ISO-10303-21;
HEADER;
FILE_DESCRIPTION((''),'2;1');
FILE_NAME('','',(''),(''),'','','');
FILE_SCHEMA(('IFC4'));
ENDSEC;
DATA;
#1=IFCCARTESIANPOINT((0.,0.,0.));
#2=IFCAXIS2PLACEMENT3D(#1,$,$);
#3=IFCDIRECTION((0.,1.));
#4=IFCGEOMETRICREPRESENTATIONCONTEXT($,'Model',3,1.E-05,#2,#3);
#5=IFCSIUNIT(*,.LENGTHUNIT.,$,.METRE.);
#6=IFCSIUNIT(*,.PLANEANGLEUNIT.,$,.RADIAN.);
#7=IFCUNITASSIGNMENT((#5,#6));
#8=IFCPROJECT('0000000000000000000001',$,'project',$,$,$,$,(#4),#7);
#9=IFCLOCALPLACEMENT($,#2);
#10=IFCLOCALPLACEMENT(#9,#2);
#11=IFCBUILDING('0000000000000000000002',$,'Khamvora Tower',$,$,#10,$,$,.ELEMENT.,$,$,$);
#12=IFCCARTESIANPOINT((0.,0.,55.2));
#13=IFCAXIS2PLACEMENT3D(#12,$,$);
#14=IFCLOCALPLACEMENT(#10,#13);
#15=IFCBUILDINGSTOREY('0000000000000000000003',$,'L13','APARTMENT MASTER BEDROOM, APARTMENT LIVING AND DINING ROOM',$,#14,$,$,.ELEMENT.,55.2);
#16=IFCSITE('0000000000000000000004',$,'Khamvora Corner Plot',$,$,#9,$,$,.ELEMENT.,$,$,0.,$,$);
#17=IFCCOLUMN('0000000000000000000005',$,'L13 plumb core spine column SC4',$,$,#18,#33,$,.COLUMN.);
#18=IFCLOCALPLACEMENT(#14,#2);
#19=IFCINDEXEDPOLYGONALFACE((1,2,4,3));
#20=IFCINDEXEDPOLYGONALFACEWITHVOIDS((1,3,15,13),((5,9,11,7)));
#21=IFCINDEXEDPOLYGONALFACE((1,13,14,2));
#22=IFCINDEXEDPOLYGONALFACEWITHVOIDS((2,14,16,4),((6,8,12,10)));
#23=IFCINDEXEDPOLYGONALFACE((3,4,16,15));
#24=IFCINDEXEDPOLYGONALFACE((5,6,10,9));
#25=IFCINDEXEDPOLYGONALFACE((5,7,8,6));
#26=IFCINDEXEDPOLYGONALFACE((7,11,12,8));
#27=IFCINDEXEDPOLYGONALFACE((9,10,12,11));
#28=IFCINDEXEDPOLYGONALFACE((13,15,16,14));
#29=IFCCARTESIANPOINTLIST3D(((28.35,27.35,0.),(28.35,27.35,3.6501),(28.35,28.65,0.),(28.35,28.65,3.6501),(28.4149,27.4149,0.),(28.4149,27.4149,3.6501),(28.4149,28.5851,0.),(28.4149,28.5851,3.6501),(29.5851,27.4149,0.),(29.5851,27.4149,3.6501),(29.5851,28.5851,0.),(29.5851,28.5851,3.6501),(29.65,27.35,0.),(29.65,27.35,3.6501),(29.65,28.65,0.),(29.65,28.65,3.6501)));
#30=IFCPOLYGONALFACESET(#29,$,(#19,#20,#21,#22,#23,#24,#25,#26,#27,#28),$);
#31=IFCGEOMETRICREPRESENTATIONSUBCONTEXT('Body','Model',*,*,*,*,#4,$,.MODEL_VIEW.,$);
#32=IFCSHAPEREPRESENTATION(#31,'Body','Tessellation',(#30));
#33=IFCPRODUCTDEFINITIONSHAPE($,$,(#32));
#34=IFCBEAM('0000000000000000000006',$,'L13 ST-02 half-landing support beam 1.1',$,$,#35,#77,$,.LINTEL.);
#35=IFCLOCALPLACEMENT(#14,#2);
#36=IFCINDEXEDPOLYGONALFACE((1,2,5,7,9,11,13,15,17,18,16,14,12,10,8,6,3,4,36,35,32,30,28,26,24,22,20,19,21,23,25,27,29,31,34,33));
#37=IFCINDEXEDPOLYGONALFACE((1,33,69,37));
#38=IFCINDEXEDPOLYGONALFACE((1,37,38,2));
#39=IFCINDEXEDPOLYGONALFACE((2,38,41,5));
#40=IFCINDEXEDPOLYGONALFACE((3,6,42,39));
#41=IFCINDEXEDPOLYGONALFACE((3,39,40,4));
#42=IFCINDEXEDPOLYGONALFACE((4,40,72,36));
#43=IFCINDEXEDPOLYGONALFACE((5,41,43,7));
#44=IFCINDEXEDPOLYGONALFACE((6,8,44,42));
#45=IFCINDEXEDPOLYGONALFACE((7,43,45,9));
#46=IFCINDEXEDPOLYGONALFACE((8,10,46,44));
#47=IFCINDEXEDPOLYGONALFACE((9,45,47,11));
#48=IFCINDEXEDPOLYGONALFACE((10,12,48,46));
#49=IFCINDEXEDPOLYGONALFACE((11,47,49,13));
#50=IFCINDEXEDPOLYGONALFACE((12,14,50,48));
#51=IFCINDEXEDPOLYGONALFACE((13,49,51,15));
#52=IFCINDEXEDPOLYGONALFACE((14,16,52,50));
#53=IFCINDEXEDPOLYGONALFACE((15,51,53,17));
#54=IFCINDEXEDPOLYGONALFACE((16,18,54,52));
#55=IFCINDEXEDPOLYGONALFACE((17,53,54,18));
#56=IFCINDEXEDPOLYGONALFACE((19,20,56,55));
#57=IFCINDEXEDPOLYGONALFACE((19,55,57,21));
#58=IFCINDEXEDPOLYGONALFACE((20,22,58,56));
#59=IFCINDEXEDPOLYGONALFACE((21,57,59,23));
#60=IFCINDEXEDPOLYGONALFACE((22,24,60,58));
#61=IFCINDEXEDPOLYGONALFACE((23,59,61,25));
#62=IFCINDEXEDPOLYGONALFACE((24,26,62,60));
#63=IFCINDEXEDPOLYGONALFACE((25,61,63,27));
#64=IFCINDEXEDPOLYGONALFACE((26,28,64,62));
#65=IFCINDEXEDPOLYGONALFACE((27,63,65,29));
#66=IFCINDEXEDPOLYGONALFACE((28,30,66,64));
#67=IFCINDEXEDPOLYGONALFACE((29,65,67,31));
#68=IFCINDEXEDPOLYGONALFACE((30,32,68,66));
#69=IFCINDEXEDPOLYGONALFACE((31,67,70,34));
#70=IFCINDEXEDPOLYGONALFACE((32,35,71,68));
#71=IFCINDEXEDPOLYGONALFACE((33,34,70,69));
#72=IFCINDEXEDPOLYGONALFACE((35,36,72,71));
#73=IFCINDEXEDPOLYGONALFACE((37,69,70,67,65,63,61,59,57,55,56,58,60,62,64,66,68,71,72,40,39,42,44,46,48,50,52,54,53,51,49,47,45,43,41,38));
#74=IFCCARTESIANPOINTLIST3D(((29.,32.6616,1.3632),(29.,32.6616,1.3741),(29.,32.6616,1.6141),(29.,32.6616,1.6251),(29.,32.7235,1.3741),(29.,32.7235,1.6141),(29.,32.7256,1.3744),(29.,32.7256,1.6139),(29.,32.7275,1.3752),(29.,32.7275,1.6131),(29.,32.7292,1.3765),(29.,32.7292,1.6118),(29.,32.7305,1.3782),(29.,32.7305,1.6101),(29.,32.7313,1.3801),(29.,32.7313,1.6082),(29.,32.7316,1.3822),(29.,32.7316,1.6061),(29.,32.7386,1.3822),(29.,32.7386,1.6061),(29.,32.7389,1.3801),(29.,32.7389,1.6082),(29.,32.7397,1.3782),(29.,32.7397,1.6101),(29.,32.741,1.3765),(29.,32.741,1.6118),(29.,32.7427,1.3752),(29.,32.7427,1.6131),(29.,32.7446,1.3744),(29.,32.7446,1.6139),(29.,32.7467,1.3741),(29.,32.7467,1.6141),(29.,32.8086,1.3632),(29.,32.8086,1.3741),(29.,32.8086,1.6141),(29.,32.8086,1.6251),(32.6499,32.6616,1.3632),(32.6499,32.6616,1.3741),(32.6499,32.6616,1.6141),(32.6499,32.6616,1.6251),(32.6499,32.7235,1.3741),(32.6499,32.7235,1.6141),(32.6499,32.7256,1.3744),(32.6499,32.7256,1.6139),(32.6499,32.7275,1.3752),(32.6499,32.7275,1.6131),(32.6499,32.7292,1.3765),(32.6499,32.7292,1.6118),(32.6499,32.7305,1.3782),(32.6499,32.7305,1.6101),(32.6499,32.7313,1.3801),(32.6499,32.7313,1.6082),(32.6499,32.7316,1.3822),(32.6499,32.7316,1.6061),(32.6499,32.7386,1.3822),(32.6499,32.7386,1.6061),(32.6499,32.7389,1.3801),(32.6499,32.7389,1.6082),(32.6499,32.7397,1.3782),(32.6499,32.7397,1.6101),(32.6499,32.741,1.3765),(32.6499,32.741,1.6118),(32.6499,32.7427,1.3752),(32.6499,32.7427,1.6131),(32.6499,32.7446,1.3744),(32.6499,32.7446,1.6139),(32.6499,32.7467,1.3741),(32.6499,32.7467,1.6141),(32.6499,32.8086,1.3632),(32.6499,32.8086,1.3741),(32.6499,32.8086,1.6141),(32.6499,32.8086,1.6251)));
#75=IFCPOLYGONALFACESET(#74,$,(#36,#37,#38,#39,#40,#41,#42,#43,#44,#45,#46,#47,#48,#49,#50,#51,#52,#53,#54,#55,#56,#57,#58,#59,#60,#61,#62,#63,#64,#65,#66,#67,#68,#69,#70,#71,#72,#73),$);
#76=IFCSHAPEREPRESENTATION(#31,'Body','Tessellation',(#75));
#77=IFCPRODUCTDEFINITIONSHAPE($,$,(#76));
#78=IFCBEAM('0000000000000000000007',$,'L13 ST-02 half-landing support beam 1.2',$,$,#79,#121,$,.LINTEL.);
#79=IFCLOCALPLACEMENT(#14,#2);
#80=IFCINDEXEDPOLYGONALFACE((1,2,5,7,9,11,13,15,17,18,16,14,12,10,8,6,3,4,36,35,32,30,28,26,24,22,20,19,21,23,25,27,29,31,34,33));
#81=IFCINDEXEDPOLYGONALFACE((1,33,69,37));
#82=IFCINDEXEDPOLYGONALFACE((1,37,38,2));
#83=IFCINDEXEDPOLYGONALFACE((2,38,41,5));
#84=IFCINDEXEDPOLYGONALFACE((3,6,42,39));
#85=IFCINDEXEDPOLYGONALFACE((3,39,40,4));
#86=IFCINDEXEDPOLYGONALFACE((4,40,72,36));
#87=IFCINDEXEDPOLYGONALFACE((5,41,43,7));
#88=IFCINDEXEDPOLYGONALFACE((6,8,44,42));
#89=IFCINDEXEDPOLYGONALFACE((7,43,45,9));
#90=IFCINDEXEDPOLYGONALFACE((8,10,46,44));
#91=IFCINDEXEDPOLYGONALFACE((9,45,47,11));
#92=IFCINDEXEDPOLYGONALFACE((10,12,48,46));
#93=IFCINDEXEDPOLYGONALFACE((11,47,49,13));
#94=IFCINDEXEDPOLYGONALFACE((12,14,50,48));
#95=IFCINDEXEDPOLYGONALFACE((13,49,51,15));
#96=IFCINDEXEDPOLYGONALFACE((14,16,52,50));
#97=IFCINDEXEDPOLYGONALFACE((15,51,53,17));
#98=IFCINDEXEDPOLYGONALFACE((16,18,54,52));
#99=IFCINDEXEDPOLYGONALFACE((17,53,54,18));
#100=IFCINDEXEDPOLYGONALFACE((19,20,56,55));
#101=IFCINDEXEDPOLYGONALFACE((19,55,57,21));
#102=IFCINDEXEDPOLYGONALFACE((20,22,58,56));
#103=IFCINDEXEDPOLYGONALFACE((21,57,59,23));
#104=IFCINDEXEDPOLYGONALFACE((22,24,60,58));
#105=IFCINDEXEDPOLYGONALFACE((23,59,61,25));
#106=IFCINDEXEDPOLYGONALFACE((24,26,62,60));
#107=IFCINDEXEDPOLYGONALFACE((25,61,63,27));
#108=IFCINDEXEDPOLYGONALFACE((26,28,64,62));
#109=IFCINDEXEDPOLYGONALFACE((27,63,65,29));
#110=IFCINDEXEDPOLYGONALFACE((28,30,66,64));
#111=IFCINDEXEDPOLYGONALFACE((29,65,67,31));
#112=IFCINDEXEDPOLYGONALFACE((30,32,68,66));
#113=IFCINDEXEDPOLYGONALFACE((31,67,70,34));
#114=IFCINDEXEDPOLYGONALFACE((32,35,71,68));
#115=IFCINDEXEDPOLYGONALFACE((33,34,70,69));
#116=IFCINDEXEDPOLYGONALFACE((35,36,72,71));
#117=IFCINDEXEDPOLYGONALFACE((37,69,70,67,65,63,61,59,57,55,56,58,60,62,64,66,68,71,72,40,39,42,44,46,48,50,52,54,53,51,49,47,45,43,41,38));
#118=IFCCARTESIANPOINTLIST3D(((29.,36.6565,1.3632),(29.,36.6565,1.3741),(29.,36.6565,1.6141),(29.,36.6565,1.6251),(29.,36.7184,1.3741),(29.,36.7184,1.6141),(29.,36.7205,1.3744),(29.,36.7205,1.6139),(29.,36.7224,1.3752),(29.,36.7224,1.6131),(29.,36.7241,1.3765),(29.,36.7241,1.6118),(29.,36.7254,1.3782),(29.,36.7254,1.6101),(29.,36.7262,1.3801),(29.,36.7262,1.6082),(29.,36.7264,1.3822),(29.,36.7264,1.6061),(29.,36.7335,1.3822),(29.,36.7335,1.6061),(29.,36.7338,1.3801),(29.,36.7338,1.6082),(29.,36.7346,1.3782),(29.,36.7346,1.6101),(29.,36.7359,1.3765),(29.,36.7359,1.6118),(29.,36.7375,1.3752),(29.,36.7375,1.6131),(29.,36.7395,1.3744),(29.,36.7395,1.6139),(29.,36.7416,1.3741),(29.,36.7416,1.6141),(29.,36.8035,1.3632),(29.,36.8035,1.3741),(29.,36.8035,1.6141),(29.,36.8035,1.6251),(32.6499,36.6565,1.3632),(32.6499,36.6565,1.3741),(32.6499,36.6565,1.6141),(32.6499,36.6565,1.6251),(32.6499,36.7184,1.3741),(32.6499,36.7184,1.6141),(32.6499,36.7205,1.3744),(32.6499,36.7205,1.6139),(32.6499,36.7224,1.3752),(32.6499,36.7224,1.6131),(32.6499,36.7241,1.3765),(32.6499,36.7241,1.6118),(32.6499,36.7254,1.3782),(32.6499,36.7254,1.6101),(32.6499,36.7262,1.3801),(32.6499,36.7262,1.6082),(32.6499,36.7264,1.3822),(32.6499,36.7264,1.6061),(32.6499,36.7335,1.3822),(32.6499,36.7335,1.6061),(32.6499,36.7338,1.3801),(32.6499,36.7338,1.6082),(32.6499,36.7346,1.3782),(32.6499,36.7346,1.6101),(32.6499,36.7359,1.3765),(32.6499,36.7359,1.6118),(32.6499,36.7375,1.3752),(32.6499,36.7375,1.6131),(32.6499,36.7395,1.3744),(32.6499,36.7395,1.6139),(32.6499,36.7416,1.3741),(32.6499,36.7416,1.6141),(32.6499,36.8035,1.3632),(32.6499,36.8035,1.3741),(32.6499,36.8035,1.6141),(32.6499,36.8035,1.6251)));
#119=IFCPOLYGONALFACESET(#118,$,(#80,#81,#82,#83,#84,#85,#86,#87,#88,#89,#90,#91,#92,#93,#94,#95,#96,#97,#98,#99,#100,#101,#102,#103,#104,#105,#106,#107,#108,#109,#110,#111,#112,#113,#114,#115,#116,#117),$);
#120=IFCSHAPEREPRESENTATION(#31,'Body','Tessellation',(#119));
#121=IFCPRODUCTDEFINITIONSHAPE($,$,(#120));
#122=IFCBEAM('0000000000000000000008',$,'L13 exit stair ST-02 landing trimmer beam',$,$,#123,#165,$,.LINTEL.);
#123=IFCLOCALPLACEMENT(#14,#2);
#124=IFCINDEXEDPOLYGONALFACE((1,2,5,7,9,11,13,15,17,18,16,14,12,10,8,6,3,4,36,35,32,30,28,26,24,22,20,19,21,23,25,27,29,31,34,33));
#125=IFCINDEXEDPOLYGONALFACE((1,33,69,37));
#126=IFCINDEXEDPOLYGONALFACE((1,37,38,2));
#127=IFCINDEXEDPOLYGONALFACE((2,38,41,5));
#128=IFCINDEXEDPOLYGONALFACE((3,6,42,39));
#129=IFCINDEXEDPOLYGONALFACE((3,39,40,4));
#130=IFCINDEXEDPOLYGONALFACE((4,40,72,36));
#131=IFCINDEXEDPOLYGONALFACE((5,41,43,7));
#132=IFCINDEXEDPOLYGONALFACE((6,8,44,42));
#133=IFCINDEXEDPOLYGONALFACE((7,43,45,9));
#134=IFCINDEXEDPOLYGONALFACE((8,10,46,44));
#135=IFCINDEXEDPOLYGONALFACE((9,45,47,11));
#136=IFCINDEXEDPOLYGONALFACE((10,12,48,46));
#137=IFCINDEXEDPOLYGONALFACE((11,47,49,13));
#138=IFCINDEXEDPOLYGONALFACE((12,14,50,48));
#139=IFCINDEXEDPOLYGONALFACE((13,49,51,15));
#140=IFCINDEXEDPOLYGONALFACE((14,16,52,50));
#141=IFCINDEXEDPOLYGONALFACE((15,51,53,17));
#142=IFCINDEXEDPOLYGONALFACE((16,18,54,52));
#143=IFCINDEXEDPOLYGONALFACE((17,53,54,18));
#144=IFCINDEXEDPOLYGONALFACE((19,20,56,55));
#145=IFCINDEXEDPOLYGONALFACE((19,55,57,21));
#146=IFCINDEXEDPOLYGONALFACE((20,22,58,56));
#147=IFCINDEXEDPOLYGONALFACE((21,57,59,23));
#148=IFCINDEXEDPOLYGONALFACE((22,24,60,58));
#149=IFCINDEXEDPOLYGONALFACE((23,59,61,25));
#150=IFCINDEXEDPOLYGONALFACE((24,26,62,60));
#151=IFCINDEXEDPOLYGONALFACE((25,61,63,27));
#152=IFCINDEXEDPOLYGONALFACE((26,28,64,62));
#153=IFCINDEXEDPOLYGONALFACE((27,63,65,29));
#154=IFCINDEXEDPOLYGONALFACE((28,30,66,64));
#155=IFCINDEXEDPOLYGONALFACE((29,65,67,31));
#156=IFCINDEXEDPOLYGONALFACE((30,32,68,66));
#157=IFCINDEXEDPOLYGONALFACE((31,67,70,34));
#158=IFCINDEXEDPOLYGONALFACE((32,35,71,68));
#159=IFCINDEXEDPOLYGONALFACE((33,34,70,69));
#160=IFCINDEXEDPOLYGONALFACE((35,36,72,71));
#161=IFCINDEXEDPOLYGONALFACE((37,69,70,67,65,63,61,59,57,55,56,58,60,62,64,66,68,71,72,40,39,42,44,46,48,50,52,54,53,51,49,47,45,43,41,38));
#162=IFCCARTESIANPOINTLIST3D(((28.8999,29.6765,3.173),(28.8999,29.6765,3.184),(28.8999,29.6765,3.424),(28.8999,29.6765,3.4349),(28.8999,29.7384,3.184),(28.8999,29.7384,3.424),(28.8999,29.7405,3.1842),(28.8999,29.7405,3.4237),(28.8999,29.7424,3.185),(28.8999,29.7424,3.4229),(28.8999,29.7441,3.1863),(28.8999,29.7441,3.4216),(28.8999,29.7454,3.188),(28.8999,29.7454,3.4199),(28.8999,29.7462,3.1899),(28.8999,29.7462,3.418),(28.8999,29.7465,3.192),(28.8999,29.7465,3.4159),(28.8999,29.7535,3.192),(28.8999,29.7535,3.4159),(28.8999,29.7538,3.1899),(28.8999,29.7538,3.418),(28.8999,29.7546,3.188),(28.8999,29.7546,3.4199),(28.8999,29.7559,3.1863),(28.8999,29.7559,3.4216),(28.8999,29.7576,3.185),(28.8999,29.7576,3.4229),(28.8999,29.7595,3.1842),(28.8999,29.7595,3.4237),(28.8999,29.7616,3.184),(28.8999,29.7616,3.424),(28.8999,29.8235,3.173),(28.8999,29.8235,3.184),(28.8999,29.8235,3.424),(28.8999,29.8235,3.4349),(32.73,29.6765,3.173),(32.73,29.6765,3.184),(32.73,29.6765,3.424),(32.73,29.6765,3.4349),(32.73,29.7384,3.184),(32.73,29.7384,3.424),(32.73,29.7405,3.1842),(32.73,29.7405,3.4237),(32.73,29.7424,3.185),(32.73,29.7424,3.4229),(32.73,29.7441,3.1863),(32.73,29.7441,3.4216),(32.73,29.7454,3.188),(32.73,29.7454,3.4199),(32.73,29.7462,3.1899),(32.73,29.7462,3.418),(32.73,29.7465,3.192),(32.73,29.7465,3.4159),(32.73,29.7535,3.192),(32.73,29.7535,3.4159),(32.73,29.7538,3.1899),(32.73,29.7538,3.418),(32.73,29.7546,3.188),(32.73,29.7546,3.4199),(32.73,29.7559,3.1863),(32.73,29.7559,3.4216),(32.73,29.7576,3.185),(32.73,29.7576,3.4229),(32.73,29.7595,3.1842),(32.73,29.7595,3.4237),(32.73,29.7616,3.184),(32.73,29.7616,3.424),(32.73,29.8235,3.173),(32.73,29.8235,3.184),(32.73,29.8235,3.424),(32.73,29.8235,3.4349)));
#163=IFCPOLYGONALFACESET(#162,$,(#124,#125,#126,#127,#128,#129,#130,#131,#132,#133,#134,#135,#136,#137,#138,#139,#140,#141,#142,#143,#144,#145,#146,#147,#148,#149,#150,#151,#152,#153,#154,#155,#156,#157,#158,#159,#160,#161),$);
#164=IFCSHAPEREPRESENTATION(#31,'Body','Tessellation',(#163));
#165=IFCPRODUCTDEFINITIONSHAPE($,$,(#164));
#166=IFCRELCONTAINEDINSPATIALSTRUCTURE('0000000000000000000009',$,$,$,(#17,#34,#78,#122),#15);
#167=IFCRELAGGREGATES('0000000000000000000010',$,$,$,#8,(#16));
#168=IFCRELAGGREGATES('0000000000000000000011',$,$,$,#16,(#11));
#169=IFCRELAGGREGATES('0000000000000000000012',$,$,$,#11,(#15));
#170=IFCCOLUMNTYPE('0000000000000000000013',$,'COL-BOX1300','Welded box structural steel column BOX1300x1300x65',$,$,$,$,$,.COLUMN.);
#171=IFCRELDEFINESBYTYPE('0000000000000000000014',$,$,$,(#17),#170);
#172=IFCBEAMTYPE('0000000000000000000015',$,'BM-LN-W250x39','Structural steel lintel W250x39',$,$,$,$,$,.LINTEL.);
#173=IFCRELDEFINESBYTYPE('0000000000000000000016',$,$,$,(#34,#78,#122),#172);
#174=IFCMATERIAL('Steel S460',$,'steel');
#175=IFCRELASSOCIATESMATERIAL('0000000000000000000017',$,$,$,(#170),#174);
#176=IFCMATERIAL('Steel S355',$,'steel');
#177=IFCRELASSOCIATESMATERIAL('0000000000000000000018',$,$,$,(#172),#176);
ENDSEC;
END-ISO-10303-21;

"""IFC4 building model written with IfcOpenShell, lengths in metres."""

from ifc_helpers import new_model, si_unit, direction, frame, origin, origin_2d, place, context, subcontext, project, spatial, hollow_rectangle, i_section, extrude, material, material_profile, profile_set, type_object, element, save


model = new_model("IFC4")

# Units and contexts
model_context = context("Model", 3, precision=1e-05, world=origin(), true_north=direction((0.0, 1.0)))
body_context = subcontext(model_context, "Body", "Model", "MODEL_VIEW")
ifc_project = project(units=[si_unit("LENGTHUNIT", "METRE"), si_unit("PLANEANGLEUNIT", "RADIAN")], contexts=[model_context])

# Site, building, storey
site_placement = place(None, origin())
site = spatial("IfcSite", under=ifc_project, at=site_placement, Name="Khamvora Corner Plot", CompositionType="ELEMENT", RefElevation=0.0)
building_placement = place(site_placement, origin())
building = spatial("IfcBuilding", under=site, at=building_placement, Name="Khamvora Tower", CompositionType="ELEMENT")
storey_placement = place(building_placement, frame((0.0, 0.0, 55.2)))
storey = spatial("IfcBuildingStorey", under=building, at=storey_placement, Name="L13", Description="APARTMENT MASTER BEDROOM, APARTMENT LIVING AND DINING ROOM", CompositionType="ELEMENT", Elevation=55.2)

# Column
ifc_material_1 = material(Name="Steel S460", Category="steel")
ifc_material_profile_1 = material_profile(ifc_material_1, hollow_rectangle(XDim=1.3, YDim=1.3, WallThickness=0.0649, at=origin_2d()), Name="BOX1300x1300x65")
ifc_profile_set_1 = profile_set([ifc_material_profile_1], Name="Steel S460")
column_type = type_object("IfcColumnType", Name="COL-BOX1300", Description="Welded box structural steel column BOX1300x1300x65", PredefinedType="COLUMN", material=ifc_profile_set_1)
column_placement = place(storey_placement, frame((29.0, 28.0, 0.0), z_axis=(0.0, 0.0, 1.0), x_axis=(1.0, 0.0, 0.0)))
element("IfcColumn", 1, at=column_placement, inside=storey, type_object=column_type, Name="L13 plumb core spine column SC4", PredefinedType="COLUMN", context=body_context, shape_type="SweptSolid", body=[
    extrude(hollow_rectangle(XDim=1.3, YDim=1.3, WallThickness=0.0649, at=origin_2d()), origin(), (0.0, 0.0, 1.0), 3.6501),
])

# Beams
ifc_material_2 = material(Name="Steel S355", Category="steel")
ifc_material_profile_2 = material_profile(ifc_material_2, i_section(OverallWidth=0.147, OverallDepth=0.262, WebThickness=0.0071, FlangeThickness=0.011, FilletRadius=0.0081, at=origin_2d()), Name="W250x39")
ifc_profile_set_2 = profile_set([ifc_material_profile_2], Name="Steel S355")
beam_type_1 = type_object("IfcBeamType", Name="BM-LN-W250x39", Description="Structural steel lintel W250x39", PredefinedType="LINTEL", material=ifc_profile_set_2)
for number, where, z_axis, x_axis, name in (
    (2, (29.0, 32.7351, 1.4941), (1.0, 0.0, 0.0), (0.0, 1.0, 0.0), "L13 ST-02 half-landing support beam 1.1"),
    (3, (29.0, 36.73, 1.4941), (1.0, 0.0, 0.0), (0.0, 1.0, 0.0), "L13 ST-02 half-landing support beam 1.2"),
):
    element("IfcBeam", number, at=place(storey_placement, frame(where, z_axis=z_axis, x_axis=x_axis)), inside=storey, type_object=beam_type_1, Name=name, PredefinedType="LINTEL", context=body_context, shape_type="SweptSolid", body=[
        extrude(i_section(OverallWidth=0.147, OverallDepth=0.262, WebThickness=0.0071, FlangeThickness=0.011, FilletRadius=0.0081, at=origin_2d()), origin(), (0.0, 0.0, 1.0), 3.6499),
    ])
beam_1_placement = place(storey_placement, frame((28.8999, 29.75, 3.304), z_axis=(1.0, 0.0, 0.0), x_axis=(0.0, 1.0, 0.0)))
element("IfcBeam", 4, at=beam_1_placement, inside=storey, type_object=beam_type_1, Name="L13 exit stair ST-02 landing trimmer beam", PredefinedType="LINTEL", context=body_context, shape_type="SweptSolid", body=[
    extrude(i_section(OverallWidth=0.147, OverallDepth=0.262, WebThickness=0.0071, FlangeThickness=0.011, FilletRadius=0.0081, at=origin_2d()), origin(), (0.0, 0.0, 1.0), 3.8301),
])

save(model, "model.ifc")
